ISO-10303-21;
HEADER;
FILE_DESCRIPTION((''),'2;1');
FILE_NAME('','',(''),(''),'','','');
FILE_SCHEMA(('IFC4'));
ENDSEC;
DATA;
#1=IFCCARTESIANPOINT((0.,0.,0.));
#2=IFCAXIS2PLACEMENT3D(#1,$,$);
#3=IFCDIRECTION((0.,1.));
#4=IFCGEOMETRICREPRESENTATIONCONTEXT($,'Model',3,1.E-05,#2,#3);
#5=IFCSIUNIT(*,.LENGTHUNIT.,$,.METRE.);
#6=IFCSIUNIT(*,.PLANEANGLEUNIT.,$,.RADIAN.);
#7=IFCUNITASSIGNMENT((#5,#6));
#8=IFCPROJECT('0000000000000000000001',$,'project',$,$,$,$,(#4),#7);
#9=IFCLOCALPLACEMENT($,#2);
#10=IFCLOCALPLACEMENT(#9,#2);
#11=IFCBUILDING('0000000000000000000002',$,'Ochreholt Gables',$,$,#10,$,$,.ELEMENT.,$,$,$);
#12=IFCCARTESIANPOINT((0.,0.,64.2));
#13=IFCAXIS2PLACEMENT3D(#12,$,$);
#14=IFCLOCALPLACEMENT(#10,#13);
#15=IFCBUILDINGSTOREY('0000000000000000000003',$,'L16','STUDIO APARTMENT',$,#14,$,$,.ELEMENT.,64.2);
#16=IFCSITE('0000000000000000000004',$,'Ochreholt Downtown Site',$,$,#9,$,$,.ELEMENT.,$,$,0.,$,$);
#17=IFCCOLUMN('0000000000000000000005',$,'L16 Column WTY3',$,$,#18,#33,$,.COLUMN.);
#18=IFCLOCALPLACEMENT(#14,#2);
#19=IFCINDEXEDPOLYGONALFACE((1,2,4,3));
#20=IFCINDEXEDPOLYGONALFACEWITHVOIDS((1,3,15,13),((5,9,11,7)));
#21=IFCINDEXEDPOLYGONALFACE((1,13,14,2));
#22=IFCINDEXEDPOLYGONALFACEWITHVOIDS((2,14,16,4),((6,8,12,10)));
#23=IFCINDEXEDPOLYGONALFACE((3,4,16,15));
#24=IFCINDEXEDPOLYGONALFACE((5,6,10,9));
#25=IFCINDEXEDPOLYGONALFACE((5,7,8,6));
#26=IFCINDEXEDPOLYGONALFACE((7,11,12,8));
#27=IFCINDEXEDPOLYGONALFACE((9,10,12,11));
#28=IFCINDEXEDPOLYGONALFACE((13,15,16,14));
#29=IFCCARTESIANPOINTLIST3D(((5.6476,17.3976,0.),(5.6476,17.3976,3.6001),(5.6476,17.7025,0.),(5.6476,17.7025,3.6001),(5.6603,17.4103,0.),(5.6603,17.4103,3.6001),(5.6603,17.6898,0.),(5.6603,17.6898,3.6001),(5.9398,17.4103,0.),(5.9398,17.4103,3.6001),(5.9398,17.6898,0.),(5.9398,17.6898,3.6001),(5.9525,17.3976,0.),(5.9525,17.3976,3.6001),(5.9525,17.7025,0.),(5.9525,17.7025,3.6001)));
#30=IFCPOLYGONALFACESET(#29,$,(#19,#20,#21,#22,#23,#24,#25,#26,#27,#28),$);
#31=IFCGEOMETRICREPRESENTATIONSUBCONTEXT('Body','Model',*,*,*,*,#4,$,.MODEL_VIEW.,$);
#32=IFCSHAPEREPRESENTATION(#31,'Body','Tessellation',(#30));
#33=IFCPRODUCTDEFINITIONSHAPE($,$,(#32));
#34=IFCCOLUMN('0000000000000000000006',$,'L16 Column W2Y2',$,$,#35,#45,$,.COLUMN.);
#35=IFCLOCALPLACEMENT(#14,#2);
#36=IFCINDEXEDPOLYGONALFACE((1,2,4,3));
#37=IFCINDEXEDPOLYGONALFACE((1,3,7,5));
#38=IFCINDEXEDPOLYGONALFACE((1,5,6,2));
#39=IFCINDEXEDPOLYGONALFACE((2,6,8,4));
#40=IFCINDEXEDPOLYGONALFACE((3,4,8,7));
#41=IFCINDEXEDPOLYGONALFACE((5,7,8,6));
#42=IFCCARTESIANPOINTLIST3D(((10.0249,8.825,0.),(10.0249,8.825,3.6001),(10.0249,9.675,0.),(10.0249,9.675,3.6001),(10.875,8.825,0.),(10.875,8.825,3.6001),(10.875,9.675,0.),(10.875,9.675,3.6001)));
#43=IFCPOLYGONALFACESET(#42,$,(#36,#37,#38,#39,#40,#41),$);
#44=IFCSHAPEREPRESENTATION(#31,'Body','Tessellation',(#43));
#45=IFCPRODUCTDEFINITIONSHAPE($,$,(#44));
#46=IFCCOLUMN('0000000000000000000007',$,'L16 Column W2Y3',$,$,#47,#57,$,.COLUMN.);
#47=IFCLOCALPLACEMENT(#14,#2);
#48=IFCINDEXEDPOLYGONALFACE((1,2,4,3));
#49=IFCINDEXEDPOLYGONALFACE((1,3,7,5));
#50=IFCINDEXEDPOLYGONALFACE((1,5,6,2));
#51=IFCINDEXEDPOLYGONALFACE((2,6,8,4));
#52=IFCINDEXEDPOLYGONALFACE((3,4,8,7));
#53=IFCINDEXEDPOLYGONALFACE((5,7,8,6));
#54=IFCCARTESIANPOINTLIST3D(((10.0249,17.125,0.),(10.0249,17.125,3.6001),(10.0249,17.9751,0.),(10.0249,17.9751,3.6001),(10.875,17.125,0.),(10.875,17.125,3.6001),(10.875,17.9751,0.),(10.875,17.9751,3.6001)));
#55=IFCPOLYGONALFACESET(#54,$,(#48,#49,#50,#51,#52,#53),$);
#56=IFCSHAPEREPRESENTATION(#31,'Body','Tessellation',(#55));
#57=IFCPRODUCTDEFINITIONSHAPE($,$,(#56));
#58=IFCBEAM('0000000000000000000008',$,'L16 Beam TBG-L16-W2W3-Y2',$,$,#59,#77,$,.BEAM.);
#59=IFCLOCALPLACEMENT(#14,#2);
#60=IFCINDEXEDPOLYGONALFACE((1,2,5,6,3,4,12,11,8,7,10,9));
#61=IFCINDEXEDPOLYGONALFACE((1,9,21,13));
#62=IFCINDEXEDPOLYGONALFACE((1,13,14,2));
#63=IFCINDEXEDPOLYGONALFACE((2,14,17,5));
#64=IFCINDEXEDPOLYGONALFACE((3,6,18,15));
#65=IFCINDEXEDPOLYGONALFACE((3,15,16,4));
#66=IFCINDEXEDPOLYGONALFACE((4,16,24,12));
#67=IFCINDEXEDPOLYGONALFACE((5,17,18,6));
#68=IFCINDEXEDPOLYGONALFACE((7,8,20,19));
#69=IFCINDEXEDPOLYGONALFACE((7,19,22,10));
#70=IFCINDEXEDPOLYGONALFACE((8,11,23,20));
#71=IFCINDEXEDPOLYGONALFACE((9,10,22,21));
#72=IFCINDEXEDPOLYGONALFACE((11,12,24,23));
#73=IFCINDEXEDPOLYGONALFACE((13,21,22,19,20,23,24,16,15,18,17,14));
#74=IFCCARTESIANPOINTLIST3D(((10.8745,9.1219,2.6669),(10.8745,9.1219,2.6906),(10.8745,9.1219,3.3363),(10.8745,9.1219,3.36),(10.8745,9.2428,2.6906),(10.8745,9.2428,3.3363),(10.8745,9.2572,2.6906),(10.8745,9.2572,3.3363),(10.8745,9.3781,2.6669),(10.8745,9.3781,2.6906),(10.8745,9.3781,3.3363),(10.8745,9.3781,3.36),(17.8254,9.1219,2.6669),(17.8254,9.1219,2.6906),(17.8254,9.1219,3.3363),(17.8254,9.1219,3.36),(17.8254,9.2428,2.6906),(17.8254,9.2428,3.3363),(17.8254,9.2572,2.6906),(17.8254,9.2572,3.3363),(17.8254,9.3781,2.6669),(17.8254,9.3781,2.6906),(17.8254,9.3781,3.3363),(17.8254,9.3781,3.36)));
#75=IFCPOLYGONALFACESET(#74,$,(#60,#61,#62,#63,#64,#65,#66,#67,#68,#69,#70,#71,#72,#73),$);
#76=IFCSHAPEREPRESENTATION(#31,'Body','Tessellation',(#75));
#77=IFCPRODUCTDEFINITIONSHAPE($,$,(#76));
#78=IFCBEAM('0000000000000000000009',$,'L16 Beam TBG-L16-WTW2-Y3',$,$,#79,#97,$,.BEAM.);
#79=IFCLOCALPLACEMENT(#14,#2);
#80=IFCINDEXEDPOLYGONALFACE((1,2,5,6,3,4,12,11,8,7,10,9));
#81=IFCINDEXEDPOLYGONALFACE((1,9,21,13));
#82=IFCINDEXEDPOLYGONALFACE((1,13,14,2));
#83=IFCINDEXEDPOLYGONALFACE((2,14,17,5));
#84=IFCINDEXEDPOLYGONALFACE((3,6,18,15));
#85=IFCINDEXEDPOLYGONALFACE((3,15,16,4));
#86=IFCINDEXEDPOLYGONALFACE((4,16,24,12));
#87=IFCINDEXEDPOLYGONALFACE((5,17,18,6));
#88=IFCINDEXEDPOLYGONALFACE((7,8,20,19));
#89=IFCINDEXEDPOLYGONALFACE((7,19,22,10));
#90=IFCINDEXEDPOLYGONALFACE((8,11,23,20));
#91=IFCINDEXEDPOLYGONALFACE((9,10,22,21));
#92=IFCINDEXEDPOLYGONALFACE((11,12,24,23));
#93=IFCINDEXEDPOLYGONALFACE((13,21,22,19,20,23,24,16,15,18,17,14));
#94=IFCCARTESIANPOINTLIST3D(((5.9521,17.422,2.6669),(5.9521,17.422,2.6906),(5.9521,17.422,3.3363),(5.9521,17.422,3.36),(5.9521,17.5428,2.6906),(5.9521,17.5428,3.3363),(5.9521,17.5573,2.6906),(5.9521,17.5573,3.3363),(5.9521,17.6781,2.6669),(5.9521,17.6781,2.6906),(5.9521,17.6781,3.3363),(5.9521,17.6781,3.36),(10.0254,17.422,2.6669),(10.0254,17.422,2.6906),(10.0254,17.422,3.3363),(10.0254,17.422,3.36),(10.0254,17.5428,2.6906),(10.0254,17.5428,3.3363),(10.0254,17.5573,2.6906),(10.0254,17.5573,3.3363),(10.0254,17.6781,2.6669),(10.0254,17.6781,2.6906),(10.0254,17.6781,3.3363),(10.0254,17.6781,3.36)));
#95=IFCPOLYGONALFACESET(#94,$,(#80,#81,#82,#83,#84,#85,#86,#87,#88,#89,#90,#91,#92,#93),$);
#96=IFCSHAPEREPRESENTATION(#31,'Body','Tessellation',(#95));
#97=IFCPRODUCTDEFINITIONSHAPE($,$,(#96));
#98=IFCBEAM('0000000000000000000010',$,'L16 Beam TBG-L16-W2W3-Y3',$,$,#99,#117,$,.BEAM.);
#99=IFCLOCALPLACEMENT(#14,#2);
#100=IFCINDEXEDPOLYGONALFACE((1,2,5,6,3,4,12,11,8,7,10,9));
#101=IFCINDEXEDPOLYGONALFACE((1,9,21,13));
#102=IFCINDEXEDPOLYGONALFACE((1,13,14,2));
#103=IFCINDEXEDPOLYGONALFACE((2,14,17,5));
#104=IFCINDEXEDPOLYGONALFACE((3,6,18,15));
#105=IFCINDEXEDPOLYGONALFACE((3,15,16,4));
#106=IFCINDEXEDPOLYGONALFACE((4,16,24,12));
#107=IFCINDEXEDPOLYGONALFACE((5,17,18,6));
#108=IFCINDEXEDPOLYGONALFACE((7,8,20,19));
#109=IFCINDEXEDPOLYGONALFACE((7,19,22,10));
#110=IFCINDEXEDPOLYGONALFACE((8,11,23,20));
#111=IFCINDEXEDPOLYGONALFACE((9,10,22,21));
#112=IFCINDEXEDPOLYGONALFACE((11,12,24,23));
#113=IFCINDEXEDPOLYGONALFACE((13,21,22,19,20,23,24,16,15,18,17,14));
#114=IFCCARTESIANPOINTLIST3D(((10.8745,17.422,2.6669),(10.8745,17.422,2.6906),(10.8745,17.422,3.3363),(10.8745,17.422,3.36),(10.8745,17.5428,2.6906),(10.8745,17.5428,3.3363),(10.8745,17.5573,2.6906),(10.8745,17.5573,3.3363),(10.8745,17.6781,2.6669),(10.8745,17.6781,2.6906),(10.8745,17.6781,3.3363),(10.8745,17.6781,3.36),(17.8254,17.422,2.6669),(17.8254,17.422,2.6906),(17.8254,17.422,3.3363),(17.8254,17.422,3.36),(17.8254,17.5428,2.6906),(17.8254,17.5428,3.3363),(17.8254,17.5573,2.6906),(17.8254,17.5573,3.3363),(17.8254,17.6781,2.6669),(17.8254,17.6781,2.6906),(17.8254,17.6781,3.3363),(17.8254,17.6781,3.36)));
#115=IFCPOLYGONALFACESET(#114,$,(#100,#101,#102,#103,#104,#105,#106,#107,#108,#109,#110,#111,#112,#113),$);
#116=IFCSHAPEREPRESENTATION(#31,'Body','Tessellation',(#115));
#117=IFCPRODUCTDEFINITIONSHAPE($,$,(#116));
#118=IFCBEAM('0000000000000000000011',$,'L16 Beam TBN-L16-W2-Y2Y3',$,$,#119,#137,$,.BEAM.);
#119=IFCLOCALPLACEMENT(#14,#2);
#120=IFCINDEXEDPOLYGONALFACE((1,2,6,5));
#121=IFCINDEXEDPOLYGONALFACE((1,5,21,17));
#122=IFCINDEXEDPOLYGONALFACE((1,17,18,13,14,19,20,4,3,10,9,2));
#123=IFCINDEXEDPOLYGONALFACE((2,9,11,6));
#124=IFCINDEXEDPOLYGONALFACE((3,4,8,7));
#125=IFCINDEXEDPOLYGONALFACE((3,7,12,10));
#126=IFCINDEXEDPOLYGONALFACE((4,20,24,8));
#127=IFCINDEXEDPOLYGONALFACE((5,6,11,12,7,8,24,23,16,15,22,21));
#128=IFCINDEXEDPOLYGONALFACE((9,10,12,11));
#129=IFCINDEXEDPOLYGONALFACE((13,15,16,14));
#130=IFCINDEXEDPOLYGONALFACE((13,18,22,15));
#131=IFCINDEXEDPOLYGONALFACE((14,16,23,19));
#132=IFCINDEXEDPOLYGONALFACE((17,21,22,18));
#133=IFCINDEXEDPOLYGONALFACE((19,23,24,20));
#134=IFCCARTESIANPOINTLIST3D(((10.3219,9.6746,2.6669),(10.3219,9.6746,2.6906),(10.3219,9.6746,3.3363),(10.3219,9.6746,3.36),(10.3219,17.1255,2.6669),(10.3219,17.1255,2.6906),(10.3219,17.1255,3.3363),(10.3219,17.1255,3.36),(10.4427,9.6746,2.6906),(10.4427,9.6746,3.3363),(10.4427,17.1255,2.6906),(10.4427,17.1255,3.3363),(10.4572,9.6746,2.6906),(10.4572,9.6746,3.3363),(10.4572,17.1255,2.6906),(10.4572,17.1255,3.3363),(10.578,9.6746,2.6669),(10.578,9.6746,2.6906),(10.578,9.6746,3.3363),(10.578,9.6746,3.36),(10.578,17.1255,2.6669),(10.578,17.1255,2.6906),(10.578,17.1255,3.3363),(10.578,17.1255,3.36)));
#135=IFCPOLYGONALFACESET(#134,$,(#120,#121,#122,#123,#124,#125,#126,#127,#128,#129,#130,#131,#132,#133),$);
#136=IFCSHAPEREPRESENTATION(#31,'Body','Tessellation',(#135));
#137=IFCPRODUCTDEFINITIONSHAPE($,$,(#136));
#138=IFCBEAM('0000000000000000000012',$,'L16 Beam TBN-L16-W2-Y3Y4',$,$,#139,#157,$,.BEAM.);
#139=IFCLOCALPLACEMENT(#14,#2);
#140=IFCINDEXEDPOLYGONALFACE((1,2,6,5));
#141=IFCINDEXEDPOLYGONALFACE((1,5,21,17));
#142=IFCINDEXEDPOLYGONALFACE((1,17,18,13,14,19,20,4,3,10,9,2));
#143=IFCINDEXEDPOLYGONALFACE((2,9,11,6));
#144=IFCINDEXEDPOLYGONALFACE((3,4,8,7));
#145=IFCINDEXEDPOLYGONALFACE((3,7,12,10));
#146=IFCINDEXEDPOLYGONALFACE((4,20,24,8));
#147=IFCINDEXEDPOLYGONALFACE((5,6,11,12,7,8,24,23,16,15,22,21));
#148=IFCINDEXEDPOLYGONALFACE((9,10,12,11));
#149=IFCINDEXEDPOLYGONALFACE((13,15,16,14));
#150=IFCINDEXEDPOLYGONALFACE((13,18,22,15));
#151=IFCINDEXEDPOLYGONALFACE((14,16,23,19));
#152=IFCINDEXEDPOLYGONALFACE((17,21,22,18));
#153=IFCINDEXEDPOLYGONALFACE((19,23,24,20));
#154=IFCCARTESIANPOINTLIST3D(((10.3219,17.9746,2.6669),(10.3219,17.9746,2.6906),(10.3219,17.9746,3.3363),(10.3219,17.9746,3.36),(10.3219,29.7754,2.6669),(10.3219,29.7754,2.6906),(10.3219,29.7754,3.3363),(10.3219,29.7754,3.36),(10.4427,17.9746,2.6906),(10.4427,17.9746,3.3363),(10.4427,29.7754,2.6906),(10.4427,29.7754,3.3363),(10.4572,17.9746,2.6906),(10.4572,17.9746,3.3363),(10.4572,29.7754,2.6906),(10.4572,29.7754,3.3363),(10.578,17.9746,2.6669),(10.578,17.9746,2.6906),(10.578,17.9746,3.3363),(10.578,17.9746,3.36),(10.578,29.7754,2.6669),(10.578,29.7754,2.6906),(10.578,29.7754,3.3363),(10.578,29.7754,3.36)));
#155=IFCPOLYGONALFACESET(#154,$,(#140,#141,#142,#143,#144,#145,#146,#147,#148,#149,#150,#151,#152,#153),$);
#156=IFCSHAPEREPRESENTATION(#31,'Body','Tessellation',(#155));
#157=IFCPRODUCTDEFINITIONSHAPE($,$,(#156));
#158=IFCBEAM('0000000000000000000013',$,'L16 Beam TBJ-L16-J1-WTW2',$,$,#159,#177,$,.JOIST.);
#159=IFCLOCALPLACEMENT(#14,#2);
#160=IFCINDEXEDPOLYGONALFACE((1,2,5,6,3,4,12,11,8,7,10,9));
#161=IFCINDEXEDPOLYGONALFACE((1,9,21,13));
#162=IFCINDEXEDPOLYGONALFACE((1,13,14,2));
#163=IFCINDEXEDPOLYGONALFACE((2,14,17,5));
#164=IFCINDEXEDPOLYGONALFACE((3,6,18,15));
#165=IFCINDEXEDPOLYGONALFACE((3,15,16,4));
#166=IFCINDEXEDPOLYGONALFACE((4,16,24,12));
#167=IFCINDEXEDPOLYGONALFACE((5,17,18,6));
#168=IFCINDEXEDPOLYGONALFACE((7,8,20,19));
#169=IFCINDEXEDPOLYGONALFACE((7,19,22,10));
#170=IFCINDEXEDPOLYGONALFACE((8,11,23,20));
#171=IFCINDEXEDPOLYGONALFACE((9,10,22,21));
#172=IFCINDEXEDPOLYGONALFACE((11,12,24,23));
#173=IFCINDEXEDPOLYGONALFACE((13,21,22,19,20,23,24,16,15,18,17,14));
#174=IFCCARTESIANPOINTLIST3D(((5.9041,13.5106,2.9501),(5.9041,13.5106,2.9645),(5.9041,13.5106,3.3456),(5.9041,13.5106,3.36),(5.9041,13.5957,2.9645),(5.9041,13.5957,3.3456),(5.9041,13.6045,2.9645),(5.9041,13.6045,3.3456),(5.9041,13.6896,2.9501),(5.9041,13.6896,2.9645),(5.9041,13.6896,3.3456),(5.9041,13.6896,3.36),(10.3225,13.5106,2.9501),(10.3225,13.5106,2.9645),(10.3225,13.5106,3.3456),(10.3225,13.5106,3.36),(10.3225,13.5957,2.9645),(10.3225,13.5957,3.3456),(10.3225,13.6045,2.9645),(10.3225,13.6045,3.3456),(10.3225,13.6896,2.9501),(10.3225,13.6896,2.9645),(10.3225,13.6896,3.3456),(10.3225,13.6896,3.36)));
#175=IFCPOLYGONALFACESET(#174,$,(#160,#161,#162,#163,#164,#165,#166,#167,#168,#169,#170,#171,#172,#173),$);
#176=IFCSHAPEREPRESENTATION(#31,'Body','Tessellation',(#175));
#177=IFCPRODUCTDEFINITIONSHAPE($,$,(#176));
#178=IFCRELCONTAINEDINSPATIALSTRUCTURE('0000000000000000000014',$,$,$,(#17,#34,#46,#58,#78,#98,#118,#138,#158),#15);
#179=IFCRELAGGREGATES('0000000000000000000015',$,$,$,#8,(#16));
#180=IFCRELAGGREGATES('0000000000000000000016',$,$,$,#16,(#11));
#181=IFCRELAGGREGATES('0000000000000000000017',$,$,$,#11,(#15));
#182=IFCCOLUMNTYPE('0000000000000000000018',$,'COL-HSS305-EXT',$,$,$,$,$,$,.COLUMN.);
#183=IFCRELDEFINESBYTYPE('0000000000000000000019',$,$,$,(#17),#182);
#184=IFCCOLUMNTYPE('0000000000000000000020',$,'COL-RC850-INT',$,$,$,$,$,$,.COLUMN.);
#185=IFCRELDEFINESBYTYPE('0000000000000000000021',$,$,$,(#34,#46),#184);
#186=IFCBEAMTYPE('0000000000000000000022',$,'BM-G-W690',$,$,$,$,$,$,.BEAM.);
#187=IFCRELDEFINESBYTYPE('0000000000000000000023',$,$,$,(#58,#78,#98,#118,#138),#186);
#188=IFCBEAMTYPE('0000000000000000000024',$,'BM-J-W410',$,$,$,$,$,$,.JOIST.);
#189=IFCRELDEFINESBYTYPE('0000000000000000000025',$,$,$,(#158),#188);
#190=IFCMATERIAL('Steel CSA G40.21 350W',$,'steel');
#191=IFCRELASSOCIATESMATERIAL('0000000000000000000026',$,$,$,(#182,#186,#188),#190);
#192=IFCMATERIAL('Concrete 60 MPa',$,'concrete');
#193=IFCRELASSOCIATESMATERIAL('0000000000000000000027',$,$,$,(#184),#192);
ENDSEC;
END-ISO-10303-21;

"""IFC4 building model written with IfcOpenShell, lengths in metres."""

from ifc_helpers import new_model, si_unit, direction, frame, origin, origin_2d, place, context, subcontext, project, spatial, rectangle, hollow_rectangle, i_section, extrude, material, material_profile, profile_set, type_object, element, save


model = new_model("IFC4")

# Units and contexts
model_context = context("Model", 3, precision=1e-05, world=origin(), true_north=direction((0.0, 1.0)))
body_context = subcontext(model_context, "Body", "Model", "MODEL_VIEW")
ifc_project = project(units=[si_unit("LENGTHUNIT", "METRE"), si_unit("PLANEANGLEUNIT", "RADIAN")], contexts=[model_context])

# Site, building, storey
site_placement = place(None, origin())
site = spatial("IfcSite", under=ifc_project, at=site_placement, Name="Ochreholt Downtown Site", CompositionType="ELEMENT", RefElevation=0.0)
building_placement = place(site_placement, origin())
building = spatial("IfcBuilding", under=site, at=building_placement, Name="Ochreholt Gables", CompositionType="ELEMENT")
storey_placement = place(building_placement, frame((0.0, 0.0, 64.2)))
storey = spatial("IfcBuildingStorey", under=building, at=storey_placement, Name="L16", Description="STUDIO APARTMENT", CompositionType="ELEMENT", Elevation=64.2)

# Columns
ifc_material_1 = material(Name="Steel CSA G40.21 350W", Category="steel")
ifc_material_profile_1 = material_profile(ifc_material_1, hollow_rectangle(XDim=0.3049, YDim=0.3049, WallThickness=0.0127, at=origin_2d()), Name="HSS305X305X13")
ifc_profile_set_1 = profile_set([ifc_material_profile_1], Name="Steel CSA G40.21 350W")
column_type_1 = type_object("IfcColumnType", Name="COL-HSS305-EXT", PredefinedType="COLUMN", material=ifc_profile_set_1)
column_placement = place(storey_placement, frame((5.8, 17.55, 0.0), z_axis=(0.0, 0.0, 1.0), x_axis=(1.0, 0.0, 0.0)))
element("IfcColumn", 1, at=column_placement, inside=storey, type_object=column_type_1, Name="L16 Column WTY3", PredefinedType="COLUMN", context=body_context, shape_type="SweptSolid", body=[
    extrude(hollow_rectangle(XDim=0.3049, YDim=0.3049, WallThickness=0.0127, at=origin_2d()), origin(), (0.0, 0.0, 1.0), 3.6001),
])
ifc_material_2 = material(Name="Concrete 60 MPa", Category="concrete")
ifc_material_profile_2 = material_profile(ifc_material_2, rectangle(XDim=0.8501, YDim=0.8501, at=origin_2d()), Name="RC850X850")
ifc_profile_set_2 = profile_set([ifc_material_profile_2], Name="Concrete 60 MPa")
column_type_2 = type_object("IfcColumnType", Name="COL-RC850-INT", PredefinedType="COLUMN", material=ifc_profile_set_2)
for number, where, z_axis, x_axis, name in (
    (2, (10.45, 9.25, 0.0), (0.0, 0.0, 1.0), (1.0, 0.0, 0.0), "L16 Column W2Y2"),
    (3, (10.45, 17.55, 0.0), (0.0, 0.0, 1.0), (1.0, 0.0, 0.0), "L16 Column W2Y3"),
):
    element("IfcColumn", number, at=place(storey_placement, frame(where, z_axis=z_axis, x_axis=x_axis)), inside=storey, type_object=column_type_2, Name=name, PredefinedType="COLUMN", context=body_context, shape_type="SweptSolid", body=[
        extrude(rectangle(XDim=0.8501, YDim=0.8501, at=origin_2d()), origin(), (0.0, 0.0, 1.0), 3.6001),
    ])

# Beams
ifc_material_profile_3 = material_profile(ifc_material_1, i_section(OverallWidth=0.2561, OverallDepth=0.6931, WebThickness=0.0144, FlangeThickness=0.0237, at=origin_2d()), Name="W690X170")
ifc_profile_set_3 = profile_set([ifc_material_profile_3], Name="Steel CSA G40.21 350W")
beam_type_1 = type_object("IfcBeamType", Name="BM-G-W690", PredefinedType="BEAM", material=ifc_profile_set_3)
beam_1_placement = place(storey_placement, frame((10.8745, 9.25, 3.0134), z_axis=(1.0, 0.0, 0.0), x_axis=(0.0, 1.0, 0.0)))
element("IfcBeam", 4, at=beam_1_placement, inside=storey, type_object=beam_type_1, Name="L16 Beam TBG-L16-W2W3-Y2", PredefinedType="BEAM", context=body_context, shape_type="SweptSolid", body=[
    extrude(i_section(OverallWidth=0.2561, OverallDepth=0.6931, WebThickness=0.0144, FlangeThickness=0.0237, at=origin_2d()), origin(), (0.0, 0.0, 1.0), 6.9509),
])
beam_2_placement = place(storey_placement, frame((5.9521, 17.55, 3.0134), z_axis=(1.0, 0.0, 0.0), x_axis=(0.0, 1.0, 0.0)))
element("IfcBeam", 5, at=beam_2_placement, inside=storey, type_object=beam_type_1, Name="L16 Beam TBG-L16-WTW2-Y3", PredefinedType="BEAM", context=body_context, shape_type="SweptSolid", body=[
    extrude(i_section(OverallWidth=0.2561, OverallDepth=0.6931, WebThickness=0.0144, FlangeThickness=0.0237, at=origin_2d()), origin(), (0.0, 0.0, 1.0), 4.0732),
])
beam_3_placement = place(storey_placement, frame((10.8745, 17.55, 3.0134), z_axis=(1.0, 0.0, 0.0), x_axis=(0.0, 1.0, 0.0)))
element("IfcBeam", 6, at=beam_3_placement, inside=storey, type_object=beam_type_1, Name="L16 Beam TBG-L16-W2W3-Y3", PredefinedType="BEAM", context=body_context, shape_type="SweptSolid", body=[
    extrude(i_section(OverallWidth=0.2561, OverallDepth=0.6931, WebThickness=0.0144, FlangeThickness=0.0237, at=origin_2d()), origin(), (0.0, 0.0, 1.0), 6.9509),
])
beam_4_placement = place(storey_placement, frame((10.45, 9.6746, 3.0134), z_axis=(0.0, 1.0, 0.0), x_axis=(-1.0, 0.0, 0.0)))
element("IfcBeam", 7, at=beam_4_placement, inside=storey, type_object=beam_type_1, Name="L16 Beam TBN-L16-W2-Y2Y3", PredefinedType="BEAM", context=body_context, shape_type="SweptSolid", body=[
    extrude(i_section(OverallWidth=0.2561, OverallDepth=0.6931, WebThickness=0.0144, FlangeThickness=0.0237, at=origin_2d()), origin(), (0.0, 0.0, 1.0), 7.4509),
])
beam_5_placement = place(storey_placement, frame((10.45, 17.9746, 3.0134), z_axis=(0.0, 1.0, 0.0), x_axis=(-1.0, 0.0, 0.0)))
element("IfcBeam", 8, at=beam_5_placement, inside=storey, type_object=beam_type_1, Name="L16 Beam TBN-L16-W2-Y3Y4", PredefinedType="BEAM", context=body_context, shape_type="SweptSolid", body=[
    extrude(i_section(OverallWidth=0.2561, OverallDepth=0.6931, WebThickness=0.0144, FlangeThickness=0.0237, at=origin_2d()), origin(), (0.0, 0.0, 1.0), 11.8008),
])
ifc_material_profile_4 = material_profile(ifc_material_1, i_section(OverallWidth=0.179, OverallDepth=0.4099, WebThickness=0.0088, FlangeThickness=0.0144, at=origin_2d()), Name="W410X67")
ifc_profile_set_4 = profile_set([ifc_material_profile_4], Name="Steel CSA G40.21 350W")
beam_type_2 = type_object("IfcBeamType", Name="BM-J-W410", PredefinedType="JOIST", material=ifc_profile_set_4)
beam_6_placement = place(storey_placement, frame((5.9041, 13.6001, 3.155), z_axis=(1.0, 0.0, 0.0), x_axis=(0.0, 1.0, 0.0)))
element("IfcBeam", 9, at=beam_6_placement, inside=storey, type_object=beam_type_2, Name="L16 Beam TBJ-L16-J1-WTW2", PredefinedType="JOIST", context=body_context, shape_type="SweptSolid", body=[
    extrude(i_section(OverallWidth=0.179, OverallDepth=0.4099, WebThickness=0.0088, FlangeThickness=0.0144, at=origin_2d()), origin(), (0.0, 0.0, 1.0), 4.4185),
])

save(model, "model.ifc")
